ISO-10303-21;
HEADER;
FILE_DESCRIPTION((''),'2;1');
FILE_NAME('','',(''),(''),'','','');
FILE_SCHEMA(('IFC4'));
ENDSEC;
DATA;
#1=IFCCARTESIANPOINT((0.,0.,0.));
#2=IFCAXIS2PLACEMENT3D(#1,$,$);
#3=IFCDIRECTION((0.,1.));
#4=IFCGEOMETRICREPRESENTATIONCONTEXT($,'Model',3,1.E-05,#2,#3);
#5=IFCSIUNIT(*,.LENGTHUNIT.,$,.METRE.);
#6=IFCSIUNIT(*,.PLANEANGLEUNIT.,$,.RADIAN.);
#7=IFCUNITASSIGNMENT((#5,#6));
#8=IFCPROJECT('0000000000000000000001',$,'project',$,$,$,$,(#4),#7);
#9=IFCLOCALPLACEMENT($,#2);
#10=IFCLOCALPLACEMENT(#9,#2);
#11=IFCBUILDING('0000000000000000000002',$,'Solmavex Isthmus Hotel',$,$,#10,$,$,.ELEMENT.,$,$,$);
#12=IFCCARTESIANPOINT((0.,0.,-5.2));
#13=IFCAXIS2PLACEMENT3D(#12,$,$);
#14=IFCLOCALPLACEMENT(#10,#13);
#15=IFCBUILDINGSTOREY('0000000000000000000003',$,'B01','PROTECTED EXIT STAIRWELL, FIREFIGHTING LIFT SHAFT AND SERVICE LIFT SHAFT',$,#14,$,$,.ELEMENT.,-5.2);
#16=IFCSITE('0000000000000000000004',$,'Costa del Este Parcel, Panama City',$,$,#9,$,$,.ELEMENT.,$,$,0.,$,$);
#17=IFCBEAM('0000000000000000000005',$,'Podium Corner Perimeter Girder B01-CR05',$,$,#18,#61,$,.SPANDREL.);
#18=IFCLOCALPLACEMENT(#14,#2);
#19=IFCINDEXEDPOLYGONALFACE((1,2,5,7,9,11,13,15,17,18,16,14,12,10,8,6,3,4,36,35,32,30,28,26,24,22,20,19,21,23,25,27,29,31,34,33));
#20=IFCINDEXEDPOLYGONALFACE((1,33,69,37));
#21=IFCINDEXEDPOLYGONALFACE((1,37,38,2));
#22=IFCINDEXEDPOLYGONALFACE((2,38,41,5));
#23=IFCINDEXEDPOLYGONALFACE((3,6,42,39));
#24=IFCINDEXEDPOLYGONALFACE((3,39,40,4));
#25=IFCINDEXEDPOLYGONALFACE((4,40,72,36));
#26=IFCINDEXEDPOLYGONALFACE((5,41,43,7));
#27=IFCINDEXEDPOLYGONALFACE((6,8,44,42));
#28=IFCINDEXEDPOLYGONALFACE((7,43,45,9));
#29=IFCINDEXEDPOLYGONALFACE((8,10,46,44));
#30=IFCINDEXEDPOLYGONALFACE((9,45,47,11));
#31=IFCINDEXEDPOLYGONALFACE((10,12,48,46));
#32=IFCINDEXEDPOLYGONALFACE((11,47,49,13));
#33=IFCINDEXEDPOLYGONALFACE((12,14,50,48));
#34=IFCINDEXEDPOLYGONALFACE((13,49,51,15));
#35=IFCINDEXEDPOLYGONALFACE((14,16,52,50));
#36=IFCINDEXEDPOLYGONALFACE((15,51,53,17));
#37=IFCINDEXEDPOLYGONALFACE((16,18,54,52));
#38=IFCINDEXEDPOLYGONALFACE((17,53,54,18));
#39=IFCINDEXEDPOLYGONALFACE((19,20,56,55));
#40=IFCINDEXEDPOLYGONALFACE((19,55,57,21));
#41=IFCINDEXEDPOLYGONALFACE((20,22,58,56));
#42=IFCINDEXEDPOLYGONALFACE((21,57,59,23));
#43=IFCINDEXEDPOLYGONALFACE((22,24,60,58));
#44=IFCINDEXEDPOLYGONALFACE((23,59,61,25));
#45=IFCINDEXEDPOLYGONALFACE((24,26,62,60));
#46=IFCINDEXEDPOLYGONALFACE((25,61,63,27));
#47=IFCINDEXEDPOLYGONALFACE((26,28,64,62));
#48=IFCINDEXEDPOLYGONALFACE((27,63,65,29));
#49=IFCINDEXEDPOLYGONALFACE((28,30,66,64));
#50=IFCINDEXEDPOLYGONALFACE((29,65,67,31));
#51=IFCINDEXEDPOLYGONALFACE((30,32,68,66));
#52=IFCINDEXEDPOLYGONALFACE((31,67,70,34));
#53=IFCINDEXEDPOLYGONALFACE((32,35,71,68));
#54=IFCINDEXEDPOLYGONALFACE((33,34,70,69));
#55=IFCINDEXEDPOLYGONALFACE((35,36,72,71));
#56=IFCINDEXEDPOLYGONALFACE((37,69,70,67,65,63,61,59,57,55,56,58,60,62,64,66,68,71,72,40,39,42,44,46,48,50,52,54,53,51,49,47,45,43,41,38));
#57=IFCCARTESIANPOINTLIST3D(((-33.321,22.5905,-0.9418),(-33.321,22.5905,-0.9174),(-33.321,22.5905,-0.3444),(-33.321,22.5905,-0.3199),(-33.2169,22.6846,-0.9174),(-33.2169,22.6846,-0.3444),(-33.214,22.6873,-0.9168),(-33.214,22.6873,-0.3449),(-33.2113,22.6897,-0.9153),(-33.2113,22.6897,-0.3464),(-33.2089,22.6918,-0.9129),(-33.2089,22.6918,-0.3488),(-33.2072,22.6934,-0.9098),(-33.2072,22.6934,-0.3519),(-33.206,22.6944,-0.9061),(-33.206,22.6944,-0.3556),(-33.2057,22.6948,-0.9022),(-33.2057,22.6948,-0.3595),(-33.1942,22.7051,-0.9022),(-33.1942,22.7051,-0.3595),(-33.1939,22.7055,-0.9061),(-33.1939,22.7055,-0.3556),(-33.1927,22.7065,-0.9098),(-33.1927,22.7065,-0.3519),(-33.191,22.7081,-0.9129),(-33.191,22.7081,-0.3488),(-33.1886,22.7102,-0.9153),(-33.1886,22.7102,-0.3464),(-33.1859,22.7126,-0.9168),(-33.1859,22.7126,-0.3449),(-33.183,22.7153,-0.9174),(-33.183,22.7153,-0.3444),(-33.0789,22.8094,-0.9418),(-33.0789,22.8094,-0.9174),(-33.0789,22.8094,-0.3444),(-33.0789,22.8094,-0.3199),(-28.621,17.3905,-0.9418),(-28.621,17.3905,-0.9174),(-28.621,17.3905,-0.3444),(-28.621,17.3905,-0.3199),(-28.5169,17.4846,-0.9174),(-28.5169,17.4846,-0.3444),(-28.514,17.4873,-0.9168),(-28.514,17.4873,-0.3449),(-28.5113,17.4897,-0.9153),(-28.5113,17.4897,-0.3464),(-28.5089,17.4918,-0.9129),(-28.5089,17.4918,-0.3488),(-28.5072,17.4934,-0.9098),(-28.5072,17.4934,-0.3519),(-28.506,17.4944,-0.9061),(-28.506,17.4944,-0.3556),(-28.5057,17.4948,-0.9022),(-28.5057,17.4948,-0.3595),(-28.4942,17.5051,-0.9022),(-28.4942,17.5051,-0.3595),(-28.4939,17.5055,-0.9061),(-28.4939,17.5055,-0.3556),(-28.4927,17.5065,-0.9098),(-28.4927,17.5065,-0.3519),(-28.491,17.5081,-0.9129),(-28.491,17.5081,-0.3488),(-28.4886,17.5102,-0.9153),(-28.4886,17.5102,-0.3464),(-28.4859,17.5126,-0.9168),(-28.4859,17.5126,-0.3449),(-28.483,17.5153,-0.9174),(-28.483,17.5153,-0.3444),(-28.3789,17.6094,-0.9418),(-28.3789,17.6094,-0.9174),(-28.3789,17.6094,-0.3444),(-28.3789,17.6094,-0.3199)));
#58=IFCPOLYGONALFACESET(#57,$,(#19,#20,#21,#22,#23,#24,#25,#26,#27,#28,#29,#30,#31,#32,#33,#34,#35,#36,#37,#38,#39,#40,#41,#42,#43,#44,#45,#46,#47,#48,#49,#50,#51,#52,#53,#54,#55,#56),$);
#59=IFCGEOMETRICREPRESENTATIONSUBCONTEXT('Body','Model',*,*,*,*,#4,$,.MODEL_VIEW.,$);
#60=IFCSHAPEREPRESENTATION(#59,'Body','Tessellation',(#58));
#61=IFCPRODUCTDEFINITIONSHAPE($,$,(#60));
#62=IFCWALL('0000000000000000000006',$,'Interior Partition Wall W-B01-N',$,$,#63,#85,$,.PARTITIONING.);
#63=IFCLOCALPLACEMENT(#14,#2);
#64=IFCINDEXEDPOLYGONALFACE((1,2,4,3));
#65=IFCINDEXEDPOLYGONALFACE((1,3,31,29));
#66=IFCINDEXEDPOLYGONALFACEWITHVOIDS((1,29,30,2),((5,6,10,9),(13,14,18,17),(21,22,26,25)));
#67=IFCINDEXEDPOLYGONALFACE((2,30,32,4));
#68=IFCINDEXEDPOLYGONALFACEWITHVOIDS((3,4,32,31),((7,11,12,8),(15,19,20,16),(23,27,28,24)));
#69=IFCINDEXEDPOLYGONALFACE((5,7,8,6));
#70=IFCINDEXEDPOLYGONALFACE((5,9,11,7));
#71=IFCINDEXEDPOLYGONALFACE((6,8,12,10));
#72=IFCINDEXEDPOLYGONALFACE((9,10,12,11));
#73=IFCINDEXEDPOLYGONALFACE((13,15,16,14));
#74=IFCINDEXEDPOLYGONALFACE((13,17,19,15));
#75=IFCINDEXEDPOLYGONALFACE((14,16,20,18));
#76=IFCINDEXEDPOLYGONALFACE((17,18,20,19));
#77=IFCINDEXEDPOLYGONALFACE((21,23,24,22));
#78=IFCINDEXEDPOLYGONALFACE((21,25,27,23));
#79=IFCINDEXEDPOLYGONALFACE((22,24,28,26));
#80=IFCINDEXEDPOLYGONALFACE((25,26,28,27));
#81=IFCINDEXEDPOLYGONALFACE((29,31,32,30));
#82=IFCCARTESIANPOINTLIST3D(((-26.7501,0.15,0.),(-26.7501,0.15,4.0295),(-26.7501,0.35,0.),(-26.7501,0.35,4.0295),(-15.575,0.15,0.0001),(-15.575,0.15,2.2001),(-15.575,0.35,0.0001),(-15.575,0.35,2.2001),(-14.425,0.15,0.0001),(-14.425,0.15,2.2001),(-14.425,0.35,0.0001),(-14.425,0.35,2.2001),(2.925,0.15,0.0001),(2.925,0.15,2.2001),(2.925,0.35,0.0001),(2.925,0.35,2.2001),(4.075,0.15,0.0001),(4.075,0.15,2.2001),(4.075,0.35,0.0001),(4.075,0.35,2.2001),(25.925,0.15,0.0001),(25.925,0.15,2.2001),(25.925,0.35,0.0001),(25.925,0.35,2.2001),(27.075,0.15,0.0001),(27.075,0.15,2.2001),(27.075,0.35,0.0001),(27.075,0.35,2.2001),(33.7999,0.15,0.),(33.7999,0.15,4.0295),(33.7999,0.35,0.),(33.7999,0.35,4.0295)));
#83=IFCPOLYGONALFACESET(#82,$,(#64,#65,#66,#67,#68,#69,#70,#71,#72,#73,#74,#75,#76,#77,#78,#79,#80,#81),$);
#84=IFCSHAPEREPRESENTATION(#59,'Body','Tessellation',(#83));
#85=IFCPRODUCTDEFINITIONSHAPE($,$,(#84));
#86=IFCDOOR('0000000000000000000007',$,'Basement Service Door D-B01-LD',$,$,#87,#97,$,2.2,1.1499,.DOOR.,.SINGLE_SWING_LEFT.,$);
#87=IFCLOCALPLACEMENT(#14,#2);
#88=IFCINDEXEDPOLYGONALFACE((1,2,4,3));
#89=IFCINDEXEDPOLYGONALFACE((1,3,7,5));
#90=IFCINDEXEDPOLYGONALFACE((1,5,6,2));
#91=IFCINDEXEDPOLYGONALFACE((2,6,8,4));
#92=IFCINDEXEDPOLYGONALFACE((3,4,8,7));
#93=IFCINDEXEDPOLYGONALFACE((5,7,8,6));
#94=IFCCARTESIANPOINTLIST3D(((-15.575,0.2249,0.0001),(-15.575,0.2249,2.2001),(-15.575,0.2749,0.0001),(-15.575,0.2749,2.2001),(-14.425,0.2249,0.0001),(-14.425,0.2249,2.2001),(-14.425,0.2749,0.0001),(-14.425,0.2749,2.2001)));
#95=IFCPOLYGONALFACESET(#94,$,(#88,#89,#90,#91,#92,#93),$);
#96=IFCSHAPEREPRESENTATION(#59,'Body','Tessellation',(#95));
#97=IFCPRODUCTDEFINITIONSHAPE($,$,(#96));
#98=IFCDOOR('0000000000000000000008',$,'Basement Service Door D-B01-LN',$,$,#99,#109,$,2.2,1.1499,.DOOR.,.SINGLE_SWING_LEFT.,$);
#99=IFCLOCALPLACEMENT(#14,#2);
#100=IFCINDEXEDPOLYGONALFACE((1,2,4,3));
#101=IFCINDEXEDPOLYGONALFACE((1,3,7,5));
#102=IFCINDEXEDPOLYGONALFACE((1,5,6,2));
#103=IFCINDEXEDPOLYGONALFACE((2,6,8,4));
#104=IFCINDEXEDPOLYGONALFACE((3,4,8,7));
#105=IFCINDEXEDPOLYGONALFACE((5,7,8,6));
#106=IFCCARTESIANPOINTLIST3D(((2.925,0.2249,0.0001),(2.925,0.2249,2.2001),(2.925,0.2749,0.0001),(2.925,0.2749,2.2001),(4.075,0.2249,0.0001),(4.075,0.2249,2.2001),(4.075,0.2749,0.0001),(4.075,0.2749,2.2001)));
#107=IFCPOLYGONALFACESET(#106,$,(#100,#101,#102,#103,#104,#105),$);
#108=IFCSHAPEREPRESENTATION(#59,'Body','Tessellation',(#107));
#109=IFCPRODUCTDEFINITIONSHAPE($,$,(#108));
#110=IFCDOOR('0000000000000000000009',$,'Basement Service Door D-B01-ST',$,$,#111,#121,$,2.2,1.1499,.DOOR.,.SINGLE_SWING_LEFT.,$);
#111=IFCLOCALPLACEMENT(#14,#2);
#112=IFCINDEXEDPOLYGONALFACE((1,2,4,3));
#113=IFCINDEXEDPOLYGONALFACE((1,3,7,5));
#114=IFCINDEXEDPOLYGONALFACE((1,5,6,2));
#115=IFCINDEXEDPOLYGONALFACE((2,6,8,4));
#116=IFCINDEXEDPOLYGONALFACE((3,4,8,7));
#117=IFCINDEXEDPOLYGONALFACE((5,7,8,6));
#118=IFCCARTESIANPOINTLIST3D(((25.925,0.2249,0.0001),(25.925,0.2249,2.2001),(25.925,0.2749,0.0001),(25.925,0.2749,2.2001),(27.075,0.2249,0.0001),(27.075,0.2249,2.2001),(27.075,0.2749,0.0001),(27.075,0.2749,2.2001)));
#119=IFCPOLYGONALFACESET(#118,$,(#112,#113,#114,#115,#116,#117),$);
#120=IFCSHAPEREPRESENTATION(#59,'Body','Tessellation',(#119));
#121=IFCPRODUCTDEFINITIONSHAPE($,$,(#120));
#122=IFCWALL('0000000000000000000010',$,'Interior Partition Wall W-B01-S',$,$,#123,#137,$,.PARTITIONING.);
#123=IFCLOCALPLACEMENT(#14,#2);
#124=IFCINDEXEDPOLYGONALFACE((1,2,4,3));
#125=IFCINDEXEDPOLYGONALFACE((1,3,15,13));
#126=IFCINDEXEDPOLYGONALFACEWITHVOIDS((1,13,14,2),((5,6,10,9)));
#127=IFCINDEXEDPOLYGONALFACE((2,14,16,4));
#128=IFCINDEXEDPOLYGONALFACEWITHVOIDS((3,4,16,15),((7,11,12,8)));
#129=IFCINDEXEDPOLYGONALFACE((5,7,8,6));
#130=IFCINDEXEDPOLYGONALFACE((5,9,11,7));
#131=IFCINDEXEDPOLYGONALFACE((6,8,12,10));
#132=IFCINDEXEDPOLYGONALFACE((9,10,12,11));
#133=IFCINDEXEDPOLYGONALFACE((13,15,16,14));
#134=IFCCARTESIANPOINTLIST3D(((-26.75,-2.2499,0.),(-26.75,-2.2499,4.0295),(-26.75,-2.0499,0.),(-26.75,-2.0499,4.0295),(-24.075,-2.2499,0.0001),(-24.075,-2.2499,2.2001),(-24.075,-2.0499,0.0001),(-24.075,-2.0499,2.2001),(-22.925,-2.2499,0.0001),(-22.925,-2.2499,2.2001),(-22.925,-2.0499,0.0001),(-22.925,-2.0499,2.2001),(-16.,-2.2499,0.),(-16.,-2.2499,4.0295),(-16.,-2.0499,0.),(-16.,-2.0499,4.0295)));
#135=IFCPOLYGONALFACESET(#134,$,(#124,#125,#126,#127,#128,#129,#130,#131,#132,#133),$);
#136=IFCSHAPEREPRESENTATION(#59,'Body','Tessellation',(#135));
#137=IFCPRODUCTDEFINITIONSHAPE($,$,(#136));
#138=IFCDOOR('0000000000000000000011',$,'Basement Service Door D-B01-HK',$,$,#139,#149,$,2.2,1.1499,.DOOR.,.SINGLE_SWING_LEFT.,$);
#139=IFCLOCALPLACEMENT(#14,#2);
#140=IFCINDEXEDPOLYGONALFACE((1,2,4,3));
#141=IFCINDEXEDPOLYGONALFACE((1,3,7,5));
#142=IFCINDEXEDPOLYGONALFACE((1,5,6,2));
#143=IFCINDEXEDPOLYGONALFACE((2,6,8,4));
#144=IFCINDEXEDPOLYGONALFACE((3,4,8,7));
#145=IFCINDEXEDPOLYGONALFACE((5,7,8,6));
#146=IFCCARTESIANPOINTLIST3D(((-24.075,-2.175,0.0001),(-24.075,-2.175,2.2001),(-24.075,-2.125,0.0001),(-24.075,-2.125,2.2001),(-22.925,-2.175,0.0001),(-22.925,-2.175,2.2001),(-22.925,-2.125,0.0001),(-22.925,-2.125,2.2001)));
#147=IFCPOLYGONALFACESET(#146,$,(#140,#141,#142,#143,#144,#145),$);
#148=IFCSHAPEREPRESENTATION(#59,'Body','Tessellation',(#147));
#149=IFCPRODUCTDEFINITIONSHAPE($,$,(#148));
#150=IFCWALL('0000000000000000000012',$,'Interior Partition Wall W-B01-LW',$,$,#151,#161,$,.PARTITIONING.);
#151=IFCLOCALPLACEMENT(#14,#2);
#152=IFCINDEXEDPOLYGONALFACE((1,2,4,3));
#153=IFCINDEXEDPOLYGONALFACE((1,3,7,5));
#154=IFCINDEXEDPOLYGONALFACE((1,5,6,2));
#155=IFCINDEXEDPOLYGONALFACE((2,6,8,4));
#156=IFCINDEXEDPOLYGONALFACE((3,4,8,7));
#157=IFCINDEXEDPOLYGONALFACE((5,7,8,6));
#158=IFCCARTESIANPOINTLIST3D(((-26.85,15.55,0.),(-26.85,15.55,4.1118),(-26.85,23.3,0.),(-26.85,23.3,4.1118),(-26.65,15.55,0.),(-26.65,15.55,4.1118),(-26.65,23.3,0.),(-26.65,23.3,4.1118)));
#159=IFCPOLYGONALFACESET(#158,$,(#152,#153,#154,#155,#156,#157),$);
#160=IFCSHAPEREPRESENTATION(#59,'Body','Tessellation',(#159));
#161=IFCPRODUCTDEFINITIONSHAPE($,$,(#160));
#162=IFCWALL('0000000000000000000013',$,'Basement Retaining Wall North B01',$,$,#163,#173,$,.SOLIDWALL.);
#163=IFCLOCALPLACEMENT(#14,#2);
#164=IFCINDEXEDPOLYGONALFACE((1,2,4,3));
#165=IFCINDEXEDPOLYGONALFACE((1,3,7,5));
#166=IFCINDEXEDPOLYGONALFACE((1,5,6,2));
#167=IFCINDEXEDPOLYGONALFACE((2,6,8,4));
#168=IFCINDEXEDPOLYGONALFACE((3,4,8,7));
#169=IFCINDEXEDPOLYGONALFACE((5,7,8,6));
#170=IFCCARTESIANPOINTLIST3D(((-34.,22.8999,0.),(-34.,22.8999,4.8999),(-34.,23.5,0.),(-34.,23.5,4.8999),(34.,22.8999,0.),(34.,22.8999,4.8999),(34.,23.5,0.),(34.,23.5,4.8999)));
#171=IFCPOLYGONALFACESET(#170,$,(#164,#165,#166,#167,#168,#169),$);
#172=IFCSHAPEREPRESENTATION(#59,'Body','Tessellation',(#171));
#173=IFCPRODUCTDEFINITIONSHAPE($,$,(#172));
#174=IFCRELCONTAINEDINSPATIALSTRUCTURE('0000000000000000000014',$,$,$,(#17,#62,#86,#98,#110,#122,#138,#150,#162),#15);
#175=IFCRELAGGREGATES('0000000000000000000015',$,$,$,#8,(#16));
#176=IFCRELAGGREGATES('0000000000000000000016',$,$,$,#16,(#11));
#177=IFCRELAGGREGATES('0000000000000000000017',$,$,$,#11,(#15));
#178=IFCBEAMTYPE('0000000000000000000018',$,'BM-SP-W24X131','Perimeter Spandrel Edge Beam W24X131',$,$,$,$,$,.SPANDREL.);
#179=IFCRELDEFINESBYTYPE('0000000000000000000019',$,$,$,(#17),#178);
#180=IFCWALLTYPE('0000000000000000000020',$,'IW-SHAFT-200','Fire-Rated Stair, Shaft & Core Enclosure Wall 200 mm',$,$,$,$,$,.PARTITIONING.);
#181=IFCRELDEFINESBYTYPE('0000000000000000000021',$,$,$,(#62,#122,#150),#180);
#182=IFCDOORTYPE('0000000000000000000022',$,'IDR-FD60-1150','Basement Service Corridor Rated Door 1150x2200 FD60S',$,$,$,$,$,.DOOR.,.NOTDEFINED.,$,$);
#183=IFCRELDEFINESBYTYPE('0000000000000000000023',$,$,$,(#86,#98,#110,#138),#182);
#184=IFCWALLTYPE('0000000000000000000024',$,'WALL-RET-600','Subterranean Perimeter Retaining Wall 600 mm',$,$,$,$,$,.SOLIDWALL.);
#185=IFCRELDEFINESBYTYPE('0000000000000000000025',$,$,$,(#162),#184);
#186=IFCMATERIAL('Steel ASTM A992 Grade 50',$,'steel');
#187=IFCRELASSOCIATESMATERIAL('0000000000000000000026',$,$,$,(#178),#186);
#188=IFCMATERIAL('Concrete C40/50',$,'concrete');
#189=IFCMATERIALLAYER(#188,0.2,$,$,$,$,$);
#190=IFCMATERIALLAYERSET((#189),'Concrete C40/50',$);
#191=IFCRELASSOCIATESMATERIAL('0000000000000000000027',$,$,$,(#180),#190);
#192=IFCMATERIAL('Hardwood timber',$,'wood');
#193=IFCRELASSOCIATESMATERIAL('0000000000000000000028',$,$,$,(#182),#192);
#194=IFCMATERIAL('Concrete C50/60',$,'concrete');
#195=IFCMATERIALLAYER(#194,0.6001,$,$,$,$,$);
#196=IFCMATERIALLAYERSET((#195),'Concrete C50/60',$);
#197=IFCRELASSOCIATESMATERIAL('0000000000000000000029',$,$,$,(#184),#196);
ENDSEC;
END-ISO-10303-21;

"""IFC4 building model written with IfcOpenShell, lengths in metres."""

from ifc_helpers import new_model, si_unit, direction, frame, frame_2d, origin, origin_2d, place, context, subcontext, project, spatial, rectangle, i_section, extrude, material, layer, layer_set, material_profile, profile_set, type_object, element, fill, save


model = new_model("IFC4")

# Units and contexts
model_context = context("Model", 3, precision=1e-05, world=origin(), true_north=direction((0.0, 1.0)))
body_context = subcontext(model_context, "Body", "Model", "MODEL_VIEW")
ifc_project = project(units=[si_unit("LENGTHUNIT", "METRE"), si_unit("PLANEANGLEUNIT", "RADIAN")], contexts=[model_context])

# Site, building, storey
site_placement = place(None, origin())
site = spatial("IfcSite", under=ifc_project, at=site_placement, Name="Costa del Este Parcel, Panama City", CompositionType="ELEMENT", RefElevation=0.0)
building_placement = place(site_placement, origin())
building = spatial("IfcBuilding", under=site, at=building_placement, Name="Solmavex Isthmus Hotel", CompositionType="ELEMENT")
storey_placement = place(building_placement, frame((0.0, 0.0, -5.2)))
storey = spatial("IfcBuildingStorey", under=building, at=storey_placement, Name="B01", Description="PROTECTED EXIT STAIRWELL, FIREFIGHTING LIFT SHAFT AND SERVICE LIFT SHAFT", CompositionType="ELEMENT", Elevation=-5.2)

# Shared definitions
ifc_material_1 = material(Name="Concrete C50/60", Category="concrete")

# Beam
ifc_material_2 = material(Name="Steel ASTM A992 Grade 50", Category="steel")
ifc_material_profile_1 = material_profile(ifc_material_2, i_section(OverallWidth=0.3264, OverallDepth=0.6218, WebThickness=0.0154, FlangeThickness=0.0244, FilletRadius=0.0151, at=origin_2d()), Name="W24X131")
ifc_profile_set_1 = profile_set([ifc_material_profile_1], Name="Steel ASTM A992 Grade 50")
beam_type_1 = type_object("IfcBeamType", Name="BM-SP-W24X131", Description="Perimeter Spandrel Edge Beam W24X131", PredefinedType="SPANDREL", material=ifc_profile_set_1)
beam_1_placement = place(storey_placement, frame((-33.2, 22.7, -0.6309), z_axis=(0.670539, -0.741874, 0.0), x_axis=(0.741874, 0.670539, 0.0)))
element("IfcBeam", 1, at=beam_1_placement, inside=storey, type_object=beam_type_1, Name="Podium Corner Perimeter Girder B01-CR05", PredefinedType="SPANDREL", context=body_context, shape_type="SweptSolid", body=[
    extrude(i_section(OverallWidth=0.3264, OverallDepth=0.6218, WebThickness=0.0154, FlangeThickness=0.0244, FilletRadius=0.0151, at=origin_2d()), origin(), (0.0, 0.0, 1.0), 7.0093),
])

# Wall, openings, doors
ifc_material_3 = material(Name="Concrete C40/50", Category="concrete")
ifc_layer_1 = layer(ifc_material_3, 0.2)
ifc_layer_set_1 = layer_set([ifc_layer_1], Name="Concrete C40/50")
wall_type_1 = type_object("IfcWallType", Name="IW-SHAFT-200", Description="Fire-Rated Stair, Shaft & Core Enclosure Wall 200 mm", PredefinedType="PARTITIONING", material=ifc_layer_set_1)
wall_1_placement = place(storey_placement, frame((-26.75, 0.25, 0.0), z_axis=(0.0, 0.0, 1.0), x_axis=(1.0, 0.0, 0.0)))
wall_1 = element("IfcWall", 2, at=wall_1_placement, inside=storey, type_object=wall_type_1, Name="Interior Partition Wall W-B01-N", PredefinedType="PARTITIONING", context=body_context, shape_type="SweptSolid", body=[
    extrude(rectangle(XDim=60.55, YDim=0.2, at=frame_2d((30.2749, 0.0))), origin(), (0.0, 0.0, 1.0), 4.0295),
])
opening_1_placement = place(wall_1_placement, frame((11.175, 0.0, 0.0)))
opening_1 = element("IfcOpeningElement", 3, at=opening_1_placement, cuts=wall_1, PredefinedType="OPENING", context=body_context, shape_type="SweptSolid", body=[
    extrude(rectangle(XDim=1.1499, YDim=2.2, at=frame_2d((0.575, 1.1001))), frame((0.0, 0.1099, 0.0), z_axis=(0.0, -1.0, 0.0), x_axis=(1.0, 0.0, 0.0)), (0.0, 0.0, 1.0), 0.22),
])
opening_2_placement = place(wall_1_placement, frame((29.675, 0.0, 0.0)))
opening_2 = element("IfcOpeningElement", 4, at=opening_2_placement, cuts=wall_1, PredefinedType="OPENING", context=body_context, shape_type="SweptSolid", body=[
    extrude(rectangle(XDim=1.1499, YDim=2.2, at=frame_2d((0.575, 1.1001))), frame((0.0, 0.1099, 0.0), z_axis=(0.0, -1.0, 0.0), x_axis=(1.0, 0.0, 0.0)), (0.0, 0.0, 1.0), 0.22),
])
opening_3_placement = place(wall_1_placement, frame((52.675, 0.0, 0.0)))
opening_3 = element("IfcOpeningElement", 5, at=opening_3_placement, cuts=wall_1, PredefinedType="OPENING", context=body_context, shape_type="SweptSolid", body=[
    extrude(rectangle(XDim=1.1499, YDim=2.2, at=frame_2d((0.575, 1.1001))), frame((0.0, 0.1099, 0.0), z_axis=(0.0, -1.0, 0.0), x_axis=(1.0, 0.0, 0.0)), (0.0, 0.0, 1.0), 0.22),
])
ifc_material_4 = material(Name="Hardwood timber", Category="wood")
door_type = type_object("IfcDoorType", Name="IDR-FD60-1150", Description="Basement Service Corridor Rated Door 1150x2200 FD60S", OperationType="NOTDEFINED", PredefinedType="DOOR", material=ifc_material_4)
door_1_placement = place(opening_1_placement, origin())
door_1 = element("IfcDoor", 6, at=door_1_placement, inside=storey, type_object=door_type, Name="Basement Service Door D-B01-LD", OperationType="SINGLE_SWING_LEFT", OverallHeight=2.2, OverallWidth=1.1499, PredefinedType="DOOR", context=body_context, shape_type="SweptSolid", body=[
    extrude(rectangle(XDim=1.1499, YDim=2.2, at=frame_2d((0.575, 1.1001))), frame((0.0, 0.0249, 0.0), z_axis=(0.0, -1.0, 0.0), x_axis=(1.0, 0.0, 0.0)), (0.0, 0.0, 1.0), 0.05),
])
fill(opening_1, door_1)
door_2_placement = place(opening_2_placement, origin())
door_2 = element("IfcDoor", 7, at=door_2_placement, inside=storey, type_object=door_type, Name="Basement Service Door D-B01-LN", OperationType="SINGLE_SWING_LEFT", OverallHeight=2.2, OverallWidth=1.1499, PredefinedType="DOOR", context=body_context, shape_type="SweptSolid", body=[
    extrude(rectangle(XDim=1.1499, YDim=2.2, at=frame_2d((0.575, 1.1001))), frame((0.0, 0.0249, 0.0), z_axis=(0.0, -1.0, 0.0), x_axis=(1.0, 0.0, 0.0)), (0.0, 0.0, 1.0), 0.05),
])
fill(opening_2, door_2)
door_3_placement = place(opening_3_placement, origin())
door_3 = element("IfcDoor", 8, at=door_3_placement, inside=storey, type_object=door_type, Name="Basement Service Door D-B01-ST", OperationType="SINGLE_SWING_LEFT", OverallHeight=2.2, OverallWidth=1.1499, PredefinedType="DOOR", context=body_context, shape_type="SweptSolid", body=[
    extrude(rectangle(XDim=1.1499, YDim=2.2, at=frame_2d((0.575, 1.1001))), frame((0.0, 0.0249, 0.0), z_axis=(0.0, -1.0, 0.0), x_axis=(1.0, 0.0, 0.0)), (0.0, 0.0, 1.0), 0.05),
])
fill(opening_3, door_3)

# Wall, opening, door
wall_2_placement = place(storey_placement, frame((-26.75, -2.1499, 0.0), z_axis=(0.0, 0.0, 1.0), x_axis=(1.0, 0.0, 0.0)))
wall_2 = element("IfcWall", 9, at=wall_2_placement, inside=storey, type_object=wall_type_1, Name="Interior Partition Wall W-B01-S", PredefinedType="PARTITIONING", context=body_context, shape_type="SweptSolid", body=[
    extrude(rectangle(XDim=10.75, YDim=0.2, at=frame_2d((5.375, 0.0))), origin(), (0.0, 0.0, 1.0), 4.0295),
])
opening_4_placement = place(wall_2_placement, frame((2.675, 0.0, 0.0)))
opening_4 = element("IfcOpeningElement", 10, at=opening_4_placement, cuts=wall_2, PredefinedType="OPENING", context=body_context, shape_type="SweptSolid", body=[
    extrude(rectangle(XDim=1.1499, YDim=2.2, at=frame_2d((0.575, 1.1001))), frame((0.0, 0.1099, 0.0), z_axis=(0.0, -1.0, 0.0), x_axis=(1.0, 0.0, 0.0)), (0.0, 0.0, 1.0), 0.22),
])
door_4_placement = place(opening_4_placement, origin())
door_4 = element("IfcDoor", 11, at=door_4_placement, inside=storey, type_object=door_type, Name="Basement Service Door D-B01-HK", OperationType="SINGLE_SWING_LEFT", OverallHeight=2.2, OverallWidth=1.1499, PredefinedType="DOOR", context=body_context, shape_type="SweptSolid", body=[
    extrude(rectangle(XDim=1.1499, YDim=2.2, at=frame_2d((0.575, 1.1001))), frame((0.0, 0.0249, 0.0), z_axis=(0.0, -1.0, 0.0), x_axis=(1.0, 0.0, 0.0)), (0.0, 0.0, 1.0), 0.05),
])
fill(opening_4, door_4)

# Walls
wall_3_placement = place(storey_placement, frame((-26.75, 15.55, 0.0), z_axis=(0.0, 0.0, 1.0), x_axis=(0.0, 1.0, 0.0)))
element("IfcWall", 12, at=wall_3_placement, inside=storey, type_object=wall_type_1, Name="Interior Partition Wall W-B01-LW", PredefinedType="PARTITIONING", context=body_context, shape_type="SweptSolid", body=[
    extrude(rectangle(XDim=7.75, YDim=0.2, at=frame_2d((3.875, 0.0))), origin(), (0.0, 0.0, 1.0), 4.1118),
])
ifc_layer_2 = layer(ifc_material_1, 0.6001)
ifc_layer_set_2 = layer_set([ifc_layer_2], Name="Concrete C50/60")
wall_type_2 = type_object("IfcWallType", Name="WALL-RET-600", Description="Subterranean Perimeter Retaining Wall 600 mm", PredefinedType="SOLIDWALL", material=ifc_layer_set_2)
wall_4_placement = place(storey_placement, frame((-34.0, 23.2, 0.0), z_axis=(0.0, 0.0, 1.0), x_axis=(1.0, 0.0, 0.0)))
element("IfcWall", 13, at=wall_4_placement, inside=storey, type_object=wall_type_2, Name="Basement Retaining Wall North B01", PredefinedType="SOLIDWALL", context=body_context, shape_type="SweptSolid", body=[
    extrude(rectangle(XDim=68.0, YDim=0.6001, at=frame_2d((34.0, 0.0))), origin(), (0.0, 0.0, 1.0), 4.8999),
])

save(model, "model.ifc")
